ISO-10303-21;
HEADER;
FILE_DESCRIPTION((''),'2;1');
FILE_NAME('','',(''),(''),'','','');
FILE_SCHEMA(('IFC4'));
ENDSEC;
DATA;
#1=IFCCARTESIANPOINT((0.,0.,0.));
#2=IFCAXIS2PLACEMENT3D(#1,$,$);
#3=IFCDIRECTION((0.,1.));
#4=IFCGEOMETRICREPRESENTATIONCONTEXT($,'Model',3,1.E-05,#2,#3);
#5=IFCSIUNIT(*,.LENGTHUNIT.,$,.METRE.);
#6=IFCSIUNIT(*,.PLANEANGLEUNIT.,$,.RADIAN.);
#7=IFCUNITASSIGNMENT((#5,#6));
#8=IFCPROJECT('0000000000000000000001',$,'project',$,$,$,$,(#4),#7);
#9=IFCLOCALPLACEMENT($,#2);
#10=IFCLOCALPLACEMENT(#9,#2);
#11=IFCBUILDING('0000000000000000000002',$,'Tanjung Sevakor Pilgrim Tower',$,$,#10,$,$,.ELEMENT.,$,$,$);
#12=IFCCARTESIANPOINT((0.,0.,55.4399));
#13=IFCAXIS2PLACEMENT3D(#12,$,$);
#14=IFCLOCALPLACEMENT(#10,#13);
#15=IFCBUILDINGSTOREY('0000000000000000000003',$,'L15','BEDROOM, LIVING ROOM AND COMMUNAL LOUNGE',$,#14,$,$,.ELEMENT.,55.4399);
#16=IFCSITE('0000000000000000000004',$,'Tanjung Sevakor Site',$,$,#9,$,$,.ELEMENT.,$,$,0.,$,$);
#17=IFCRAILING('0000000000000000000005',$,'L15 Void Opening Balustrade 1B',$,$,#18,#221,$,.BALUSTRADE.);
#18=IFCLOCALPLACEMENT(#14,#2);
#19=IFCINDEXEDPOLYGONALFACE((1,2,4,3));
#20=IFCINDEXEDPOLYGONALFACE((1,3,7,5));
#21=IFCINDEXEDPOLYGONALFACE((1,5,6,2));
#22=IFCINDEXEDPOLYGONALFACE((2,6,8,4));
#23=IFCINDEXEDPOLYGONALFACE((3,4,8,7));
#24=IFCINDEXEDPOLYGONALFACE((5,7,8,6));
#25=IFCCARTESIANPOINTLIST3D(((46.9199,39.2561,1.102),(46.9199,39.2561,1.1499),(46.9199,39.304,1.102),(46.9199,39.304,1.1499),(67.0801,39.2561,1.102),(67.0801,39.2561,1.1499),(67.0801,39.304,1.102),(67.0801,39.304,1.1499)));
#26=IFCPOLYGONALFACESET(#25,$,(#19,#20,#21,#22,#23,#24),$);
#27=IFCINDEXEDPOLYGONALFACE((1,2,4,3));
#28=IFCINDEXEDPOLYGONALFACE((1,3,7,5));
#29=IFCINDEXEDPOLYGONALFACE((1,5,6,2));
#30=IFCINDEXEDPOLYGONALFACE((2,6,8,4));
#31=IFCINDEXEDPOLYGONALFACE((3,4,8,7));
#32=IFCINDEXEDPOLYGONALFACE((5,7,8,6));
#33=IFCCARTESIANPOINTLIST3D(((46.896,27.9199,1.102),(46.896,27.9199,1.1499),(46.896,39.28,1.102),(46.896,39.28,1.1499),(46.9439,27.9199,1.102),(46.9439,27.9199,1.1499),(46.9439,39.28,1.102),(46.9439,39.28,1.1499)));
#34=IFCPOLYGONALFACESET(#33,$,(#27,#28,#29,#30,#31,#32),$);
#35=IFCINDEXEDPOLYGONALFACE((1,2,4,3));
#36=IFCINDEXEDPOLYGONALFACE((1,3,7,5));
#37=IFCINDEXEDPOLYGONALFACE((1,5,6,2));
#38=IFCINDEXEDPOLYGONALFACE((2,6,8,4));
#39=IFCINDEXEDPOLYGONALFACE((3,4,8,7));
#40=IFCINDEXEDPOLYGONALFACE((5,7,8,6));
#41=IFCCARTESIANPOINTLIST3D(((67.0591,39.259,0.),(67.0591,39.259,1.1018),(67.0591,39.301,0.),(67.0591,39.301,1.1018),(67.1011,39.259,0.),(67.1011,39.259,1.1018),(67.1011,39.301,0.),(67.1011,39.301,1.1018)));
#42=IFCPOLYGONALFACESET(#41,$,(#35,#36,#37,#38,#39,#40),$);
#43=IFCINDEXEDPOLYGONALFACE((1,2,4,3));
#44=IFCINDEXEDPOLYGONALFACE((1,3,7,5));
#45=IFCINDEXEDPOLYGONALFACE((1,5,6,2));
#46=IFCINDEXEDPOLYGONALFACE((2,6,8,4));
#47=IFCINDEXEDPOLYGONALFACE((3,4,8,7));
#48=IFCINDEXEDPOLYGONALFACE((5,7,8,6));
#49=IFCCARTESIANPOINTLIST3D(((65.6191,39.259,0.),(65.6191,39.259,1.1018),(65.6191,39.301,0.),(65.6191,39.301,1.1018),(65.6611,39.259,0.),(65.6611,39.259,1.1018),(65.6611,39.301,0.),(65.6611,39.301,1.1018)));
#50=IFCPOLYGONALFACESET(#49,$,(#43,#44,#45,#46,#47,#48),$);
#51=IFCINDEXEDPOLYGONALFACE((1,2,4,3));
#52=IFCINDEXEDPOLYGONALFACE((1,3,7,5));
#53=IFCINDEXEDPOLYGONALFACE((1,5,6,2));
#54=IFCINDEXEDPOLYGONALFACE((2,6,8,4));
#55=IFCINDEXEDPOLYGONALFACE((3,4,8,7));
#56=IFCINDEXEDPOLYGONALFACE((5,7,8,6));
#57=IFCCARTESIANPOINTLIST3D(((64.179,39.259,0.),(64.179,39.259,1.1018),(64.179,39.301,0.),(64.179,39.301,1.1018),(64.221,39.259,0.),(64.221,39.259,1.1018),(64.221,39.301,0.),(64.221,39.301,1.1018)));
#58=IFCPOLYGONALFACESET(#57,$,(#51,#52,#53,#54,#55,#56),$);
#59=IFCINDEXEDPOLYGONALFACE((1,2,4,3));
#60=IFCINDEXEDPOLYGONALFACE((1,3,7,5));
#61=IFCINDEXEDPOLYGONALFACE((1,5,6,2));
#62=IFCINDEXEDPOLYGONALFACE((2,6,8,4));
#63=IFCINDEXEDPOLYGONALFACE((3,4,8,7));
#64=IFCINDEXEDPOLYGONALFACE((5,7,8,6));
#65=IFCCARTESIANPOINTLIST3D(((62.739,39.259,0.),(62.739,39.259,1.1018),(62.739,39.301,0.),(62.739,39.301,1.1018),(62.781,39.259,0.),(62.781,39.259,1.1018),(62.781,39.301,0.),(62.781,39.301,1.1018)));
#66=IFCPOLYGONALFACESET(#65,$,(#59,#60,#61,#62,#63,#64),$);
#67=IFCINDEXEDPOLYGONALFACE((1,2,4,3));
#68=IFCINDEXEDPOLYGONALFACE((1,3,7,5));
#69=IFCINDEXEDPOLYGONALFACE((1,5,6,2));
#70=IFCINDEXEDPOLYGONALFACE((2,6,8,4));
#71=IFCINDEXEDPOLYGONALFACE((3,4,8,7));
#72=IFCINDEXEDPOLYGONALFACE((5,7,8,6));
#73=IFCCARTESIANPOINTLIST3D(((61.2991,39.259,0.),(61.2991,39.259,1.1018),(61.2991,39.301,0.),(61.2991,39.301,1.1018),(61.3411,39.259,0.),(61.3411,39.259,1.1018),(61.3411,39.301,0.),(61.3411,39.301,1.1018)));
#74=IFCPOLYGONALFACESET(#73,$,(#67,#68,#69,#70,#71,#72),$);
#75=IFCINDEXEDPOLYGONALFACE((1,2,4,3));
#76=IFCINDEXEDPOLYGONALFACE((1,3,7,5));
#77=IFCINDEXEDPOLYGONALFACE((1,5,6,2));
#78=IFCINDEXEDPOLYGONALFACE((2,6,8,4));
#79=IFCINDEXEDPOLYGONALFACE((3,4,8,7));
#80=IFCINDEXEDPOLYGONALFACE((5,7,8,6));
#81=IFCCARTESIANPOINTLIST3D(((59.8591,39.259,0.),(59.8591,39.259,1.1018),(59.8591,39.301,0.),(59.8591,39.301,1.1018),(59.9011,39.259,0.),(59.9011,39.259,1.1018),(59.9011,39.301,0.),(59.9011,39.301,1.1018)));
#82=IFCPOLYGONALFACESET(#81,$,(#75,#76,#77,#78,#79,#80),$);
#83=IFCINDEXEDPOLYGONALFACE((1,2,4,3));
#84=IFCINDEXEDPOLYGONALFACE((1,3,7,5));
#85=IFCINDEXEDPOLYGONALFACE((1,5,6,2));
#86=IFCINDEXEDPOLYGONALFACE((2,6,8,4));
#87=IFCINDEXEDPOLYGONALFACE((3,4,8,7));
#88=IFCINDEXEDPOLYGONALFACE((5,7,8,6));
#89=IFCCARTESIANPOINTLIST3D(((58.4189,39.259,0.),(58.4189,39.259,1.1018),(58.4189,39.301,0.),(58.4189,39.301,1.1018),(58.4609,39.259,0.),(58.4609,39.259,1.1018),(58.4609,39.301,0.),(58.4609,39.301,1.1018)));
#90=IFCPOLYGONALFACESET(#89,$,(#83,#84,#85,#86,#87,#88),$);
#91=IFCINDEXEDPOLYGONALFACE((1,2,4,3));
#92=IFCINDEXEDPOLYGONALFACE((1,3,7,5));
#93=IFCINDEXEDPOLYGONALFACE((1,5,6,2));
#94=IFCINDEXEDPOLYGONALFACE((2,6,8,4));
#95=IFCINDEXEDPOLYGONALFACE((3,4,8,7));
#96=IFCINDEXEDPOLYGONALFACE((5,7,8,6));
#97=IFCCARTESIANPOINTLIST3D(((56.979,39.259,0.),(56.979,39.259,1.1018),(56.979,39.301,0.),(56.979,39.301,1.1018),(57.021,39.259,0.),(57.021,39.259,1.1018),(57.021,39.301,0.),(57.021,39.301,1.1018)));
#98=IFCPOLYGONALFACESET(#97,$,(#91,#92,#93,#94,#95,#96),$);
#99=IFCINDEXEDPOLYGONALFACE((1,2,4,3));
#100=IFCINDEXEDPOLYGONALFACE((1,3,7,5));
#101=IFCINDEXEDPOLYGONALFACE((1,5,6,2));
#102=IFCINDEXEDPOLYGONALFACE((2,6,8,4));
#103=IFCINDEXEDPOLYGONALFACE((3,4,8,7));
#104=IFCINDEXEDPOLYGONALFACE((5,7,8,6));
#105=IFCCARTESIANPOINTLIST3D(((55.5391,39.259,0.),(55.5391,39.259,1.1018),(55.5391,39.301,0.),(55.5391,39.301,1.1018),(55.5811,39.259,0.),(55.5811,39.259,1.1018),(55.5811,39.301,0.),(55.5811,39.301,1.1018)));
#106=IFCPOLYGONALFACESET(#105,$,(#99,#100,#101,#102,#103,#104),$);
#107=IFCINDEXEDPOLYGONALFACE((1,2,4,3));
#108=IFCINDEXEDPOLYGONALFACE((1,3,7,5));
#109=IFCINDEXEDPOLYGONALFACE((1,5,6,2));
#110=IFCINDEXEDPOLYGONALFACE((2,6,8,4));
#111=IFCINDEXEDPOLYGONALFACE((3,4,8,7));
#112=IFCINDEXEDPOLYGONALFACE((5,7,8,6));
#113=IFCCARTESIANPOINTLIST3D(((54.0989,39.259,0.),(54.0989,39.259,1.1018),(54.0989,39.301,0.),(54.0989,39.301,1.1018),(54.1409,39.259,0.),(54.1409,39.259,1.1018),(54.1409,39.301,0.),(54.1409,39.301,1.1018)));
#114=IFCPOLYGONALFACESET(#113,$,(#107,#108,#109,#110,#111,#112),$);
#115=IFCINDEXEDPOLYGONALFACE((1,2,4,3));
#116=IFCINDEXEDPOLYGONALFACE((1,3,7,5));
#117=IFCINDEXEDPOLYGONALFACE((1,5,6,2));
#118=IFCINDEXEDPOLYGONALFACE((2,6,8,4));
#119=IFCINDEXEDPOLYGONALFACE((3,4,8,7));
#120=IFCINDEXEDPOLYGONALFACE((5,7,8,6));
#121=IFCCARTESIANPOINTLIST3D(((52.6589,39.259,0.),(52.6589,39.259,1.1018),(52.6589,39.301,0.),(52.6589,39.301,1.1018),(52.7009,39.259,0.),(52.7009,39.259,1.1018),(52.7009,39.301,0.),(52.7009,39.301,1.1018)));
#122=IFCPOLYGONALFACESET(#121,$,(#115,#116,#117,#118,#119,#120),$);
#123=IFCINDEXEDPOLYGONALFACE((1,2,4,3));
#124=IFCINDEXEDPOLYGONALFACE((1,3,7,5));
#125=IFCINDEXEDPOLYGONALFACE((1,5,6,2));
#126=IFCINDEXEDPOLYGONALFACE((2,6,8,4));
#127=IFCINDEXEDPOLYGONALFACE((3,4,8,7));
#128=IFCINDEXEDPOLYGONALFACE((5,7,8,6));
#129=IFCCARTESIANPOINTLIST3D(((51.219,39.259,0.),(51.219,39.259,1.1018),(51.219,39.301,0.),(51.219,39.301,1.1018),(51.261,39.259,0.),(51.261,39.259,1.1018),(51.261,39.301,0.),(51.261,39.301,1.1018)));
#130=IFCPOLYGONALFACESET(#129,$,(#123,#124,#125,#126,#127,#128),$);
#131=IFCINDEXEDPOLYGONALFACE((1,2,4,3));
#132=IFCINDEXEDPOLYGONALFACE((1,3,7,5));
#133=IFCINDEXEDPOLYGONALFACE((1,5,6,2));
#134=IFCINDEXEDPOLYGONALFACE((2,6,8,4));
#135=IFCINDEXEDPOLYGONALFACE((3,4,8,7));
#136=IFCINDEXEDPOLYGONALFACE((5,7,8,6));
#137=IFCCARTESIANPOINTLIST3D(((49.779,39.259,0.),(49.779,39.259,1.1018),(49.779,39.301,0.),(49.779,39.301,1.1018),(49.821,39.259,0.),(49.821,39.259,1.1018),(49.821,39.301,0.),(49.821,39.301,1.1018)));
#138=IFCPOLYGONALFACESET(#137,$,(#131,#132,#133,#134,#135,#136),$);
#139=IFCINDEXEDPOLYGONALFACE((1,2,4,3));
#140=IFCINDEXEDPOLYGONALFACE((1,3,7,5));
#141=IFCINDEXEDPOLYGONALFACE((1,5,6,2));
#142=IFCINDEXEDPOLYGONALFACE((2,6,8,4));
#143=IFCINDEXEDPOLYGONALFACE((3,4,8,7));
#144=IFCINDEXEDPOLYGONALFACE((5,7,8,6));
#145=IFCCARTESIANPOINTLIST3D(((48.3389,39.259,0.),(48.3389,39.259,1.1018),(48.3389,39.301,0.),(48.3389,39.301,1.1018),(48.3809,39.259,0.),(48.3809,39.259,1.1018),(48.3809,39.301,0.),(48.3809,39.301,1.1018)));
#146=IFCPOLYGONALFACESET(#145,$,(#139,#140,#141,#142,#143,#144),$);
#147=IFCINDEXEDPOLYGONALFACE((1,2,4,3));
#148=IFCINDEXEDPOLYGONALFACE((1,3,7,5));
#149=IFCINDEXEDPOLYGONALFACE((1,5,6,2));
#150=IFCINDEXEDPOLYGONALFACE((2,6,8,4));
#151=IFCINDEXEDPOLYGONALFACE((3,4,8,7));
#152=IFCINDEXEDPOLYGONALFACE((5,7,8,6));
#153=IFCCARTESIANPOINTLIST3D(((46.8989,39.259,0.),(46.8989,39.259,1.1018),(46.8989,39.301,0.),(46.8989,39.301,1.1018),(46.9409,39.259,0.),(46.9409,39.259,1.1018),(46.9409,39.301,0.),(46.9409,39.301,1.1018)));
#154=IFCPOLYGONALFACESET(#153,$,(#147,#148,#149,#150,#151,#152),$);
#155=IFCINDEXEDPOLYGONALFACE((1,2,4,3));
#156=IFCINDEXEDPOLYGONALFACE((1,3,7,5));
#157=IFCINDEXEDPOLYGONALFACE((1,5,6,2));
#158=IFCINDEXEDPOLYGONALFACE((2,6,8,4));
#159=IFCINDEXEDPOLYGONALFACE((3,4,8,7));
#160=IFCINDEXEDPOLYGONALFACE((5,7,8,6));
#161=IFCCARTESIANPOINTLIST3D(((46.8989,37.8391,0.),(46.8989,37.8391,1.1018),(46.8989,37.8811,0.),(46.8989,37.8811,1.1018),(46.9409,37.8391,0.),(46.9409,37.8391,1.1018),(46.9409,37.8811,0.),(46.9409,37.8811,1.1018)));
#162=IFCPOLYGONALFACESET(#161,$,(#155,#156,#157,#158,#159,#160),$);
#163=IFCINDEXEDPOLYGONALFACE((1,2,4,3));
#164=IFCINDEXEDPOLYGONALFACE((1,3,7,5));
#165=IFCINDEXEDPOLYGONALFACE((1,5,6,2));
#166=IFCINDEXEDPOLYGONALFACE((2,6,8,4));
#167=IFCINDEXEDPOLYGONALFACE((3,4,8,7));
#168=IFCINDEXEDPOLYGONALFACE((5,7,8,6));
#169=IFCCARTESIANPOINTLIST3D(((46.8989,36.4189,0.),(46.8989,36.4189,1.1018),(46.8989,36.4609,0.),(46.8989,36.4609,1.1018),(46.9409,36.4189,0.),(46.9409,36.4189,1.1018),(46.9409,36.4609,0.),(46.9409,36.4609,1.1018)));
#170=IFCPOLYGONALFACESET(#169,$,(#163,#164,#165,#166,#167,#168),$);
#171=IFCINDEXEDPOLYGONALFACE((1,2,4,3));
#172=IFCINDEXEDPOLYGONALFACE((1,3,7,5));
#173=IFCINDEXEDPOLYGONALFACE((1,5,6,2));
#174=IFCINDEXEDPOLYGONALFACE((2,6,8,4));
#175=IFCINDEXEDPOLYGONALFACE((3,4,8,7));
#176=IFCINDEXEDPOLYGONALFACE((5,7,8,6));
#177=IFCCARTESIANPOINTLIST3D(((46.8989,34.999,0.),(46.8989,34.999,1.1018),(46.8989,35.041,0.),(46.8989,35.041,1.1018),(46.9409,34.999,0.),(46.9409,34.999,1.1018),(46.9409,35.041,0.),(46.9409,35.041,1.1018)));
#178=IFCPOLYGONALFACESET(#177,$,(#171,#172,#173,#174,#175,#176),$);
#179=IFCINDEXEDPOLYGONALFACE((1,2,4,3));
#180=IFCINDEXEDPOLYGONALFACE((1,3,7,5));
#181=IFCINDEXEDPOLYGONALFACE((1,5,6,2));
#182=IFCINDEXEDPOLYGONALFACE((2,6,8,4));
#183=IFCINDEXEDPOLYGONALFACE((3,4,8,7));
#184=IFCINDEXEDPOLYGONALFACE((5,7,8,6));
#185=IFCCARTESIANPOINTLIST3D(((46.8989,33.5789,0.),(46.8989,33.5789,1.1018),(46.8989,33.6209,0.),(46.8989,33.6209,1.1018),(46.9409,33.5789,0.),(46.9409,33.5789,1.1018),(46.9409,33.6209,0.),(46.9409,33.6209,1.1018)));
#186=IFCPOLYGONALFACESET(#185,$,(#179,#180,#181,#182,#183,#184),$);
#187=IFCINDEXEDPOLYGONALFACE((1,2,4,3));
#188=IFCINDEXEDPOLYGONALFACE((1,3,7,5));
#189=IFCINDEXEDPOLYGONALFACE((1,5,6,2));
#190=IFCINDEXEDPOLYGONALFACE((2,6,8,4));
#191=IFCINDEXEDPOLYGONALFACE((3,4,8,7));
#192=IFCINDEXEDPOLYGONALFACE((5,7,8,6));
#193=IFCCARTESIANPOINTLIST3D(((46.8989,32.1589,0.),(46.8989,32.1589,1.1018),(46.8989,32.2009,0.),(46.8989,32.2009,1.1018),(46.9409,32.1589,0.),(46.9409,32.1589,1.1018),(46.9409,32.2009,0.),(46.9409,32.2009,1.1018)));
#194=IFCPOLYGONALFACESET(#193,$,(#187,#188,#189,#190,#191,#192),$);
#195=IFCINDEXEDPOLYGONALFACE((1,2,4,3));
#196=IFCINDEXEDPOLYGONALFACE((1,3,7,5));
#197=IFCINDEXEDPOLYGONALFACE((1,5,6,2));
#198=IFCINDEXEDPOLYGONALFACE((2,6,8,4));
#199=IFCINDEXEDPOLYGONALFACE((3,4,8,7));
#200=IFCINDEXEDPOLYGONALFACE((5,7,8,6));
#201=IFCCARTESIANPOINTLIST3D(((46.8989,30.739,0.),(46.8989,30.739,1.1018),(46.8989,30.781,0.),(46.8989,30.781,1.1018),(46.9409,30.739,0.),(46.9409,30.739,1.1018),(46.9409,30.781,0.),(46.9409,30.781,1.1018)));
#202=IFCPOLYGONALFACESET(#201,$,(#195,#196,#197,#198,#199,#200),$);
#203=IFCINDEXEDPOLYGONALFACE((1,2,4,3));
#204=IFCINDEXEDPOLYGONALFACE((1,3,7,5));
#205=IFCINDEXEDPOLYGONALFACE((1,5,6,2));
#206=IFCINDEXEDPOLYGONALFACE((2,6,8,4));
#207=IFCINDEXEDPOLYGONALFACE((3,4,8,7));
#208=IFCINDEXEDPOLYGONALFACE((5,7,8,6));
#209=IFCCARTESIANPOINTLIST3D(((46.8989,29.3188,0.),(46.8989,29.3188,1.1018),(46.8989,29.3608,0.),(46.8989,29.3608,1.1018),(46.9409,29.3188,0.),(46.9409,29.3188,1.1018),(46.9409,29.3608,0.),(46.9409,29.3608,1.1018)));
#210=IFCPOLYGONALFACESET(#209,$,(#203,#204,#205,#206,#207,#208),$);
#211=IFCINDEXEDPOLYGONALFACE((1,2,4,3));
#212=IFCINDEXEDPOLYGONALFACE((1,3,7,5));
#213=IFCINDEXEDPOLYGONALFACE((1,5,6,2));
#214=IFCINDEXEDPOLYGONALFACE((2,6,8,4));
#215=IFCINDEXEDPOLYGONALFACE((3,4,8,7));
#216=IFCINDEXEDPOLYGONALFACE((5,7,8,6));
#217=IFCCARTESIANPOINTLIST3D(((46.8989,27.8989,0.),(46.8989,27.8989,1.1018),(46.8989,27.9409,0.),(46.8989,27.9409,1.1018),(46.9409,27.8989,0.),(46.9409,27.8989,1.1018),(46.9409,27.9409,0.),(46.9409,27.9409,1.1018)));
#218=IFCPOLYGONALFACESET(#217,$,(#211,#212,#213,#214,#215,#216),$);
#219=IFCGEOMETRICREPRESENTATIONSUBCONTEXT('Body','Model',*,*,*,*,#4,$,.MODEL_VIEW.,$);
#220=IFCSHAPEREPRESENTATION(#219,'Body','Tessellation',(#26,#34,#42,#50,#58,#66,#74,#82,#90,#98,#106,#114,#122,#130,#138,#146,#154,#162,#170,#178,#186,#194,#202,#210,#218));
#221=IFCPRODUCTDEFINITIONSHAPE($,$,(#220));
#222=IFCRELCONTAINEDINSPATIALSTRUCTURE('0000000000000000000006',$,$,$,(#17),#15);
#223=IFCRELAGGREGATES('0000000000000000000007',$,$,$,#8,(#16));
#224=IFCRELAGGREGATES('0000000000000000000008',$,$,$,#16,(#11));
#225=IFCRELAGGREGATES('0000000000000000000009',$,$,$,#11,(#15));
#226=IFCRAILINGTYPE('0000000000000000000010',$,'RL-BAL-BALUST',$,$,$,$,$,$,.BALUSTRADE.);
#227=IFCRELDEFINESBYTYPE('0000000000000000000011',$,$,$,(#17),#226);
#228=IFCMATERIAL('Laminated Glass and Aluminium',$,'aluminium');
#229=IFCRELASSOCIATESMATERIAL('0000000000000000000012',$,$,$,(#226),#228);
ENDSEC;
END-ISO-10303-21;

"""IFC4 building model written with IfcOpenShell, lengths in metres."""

from ifc_helpers import new_model, si_unit, direction, frame, origin, place, context, subcontext, project, spatial, rectangle, extrude, material, type_object, element, save


model = new_model("IFC4")

# Units and contexts
model_context = context("Model", 3, precision=1e-05, world=origin(), true_north=direction((0.0, 1.0)))
body_context = subcontext(model_context, "Body", "Model", "MODEL_VIEW")
ifc_project = project(units=[si_unit("LENGTHUNIT", "METRE"), si_unit("PLANEANGLEUNIT", "RADIAN")], contexts=[model_context])

# Site, building, storey
site_placement = place(None, origin())
site = spatial("IfcSite", under=ifc_project, at=site_placement, Name="Tanjung Sevakor Site", CompositionType="ELEMENT", RefElevation=0.0)
building_placement = place(site_placement, origin())
building = spatial("IfcBuilding", under=site, at=building_placement, Name="Tanjung Sevakor Pilgrim Tower", CompositionType="ELEMENT")
storey_placement = place(building_placement, frame((0.0, 0.0, 55.4399)))
storey = spatial("IfcBuildingStorey", under=building, at=storey_placement, Name="L15", Description="BEDROOM, LIVING ROOM AND COMMUNAL LOUNGE", CompositionType="ELEMENT", Elevation=55.4399)

# Railing
ifc_material_1 = material(Name="Laminated Glass and Aluminium", Category="aluminium")
railing_type = type_object("IfcRailingType", Name="RL-BAL-BALUST", PredefinedType="BALUSTRADE", material=ifc_material_1)
railing_placement = place(storey_placement, frame((67.0801, 39.28, 0.0)))
element("IfcRailing", 1, at=railing_placement, inside=storey, type_object=railing_type, Name="L15 Void Opening Balustrade 1B", PredefinedType="BALUSTRADE", context=body_context, shape_type="SweptSolid", body=[
    extrude(rectangle(XDim=0.0479, YDim=0.0479), frame((0.0, 0.0, 1.126), z_axis=(-1.0, 0.0, 0.0), x_axis=(0.0, -1.0, 0.0)), (0.0, 0.0, 1.0), 20.1602),
    extrude(rectangle(XDim=0.0479, YDim=0.0479), frame((-20.1602, 0.0, 1.126), z_axis=(0.0, -1.0, 0.0), x_axis=(1.0, 0.0, 0.0)), (0.0, 0.0, 1.0), 11.3601),
    extrude(rectangle(XDim=0.042, YDim=0.042), origin(), (0.0, 0.0, 1.0), 1.1018),
    extrude(rectangle(XDim=0.042, YDim=0.042), frame((-1.4399, 0.0, 0.0)), (0.0, 0.0, 1.0), 1.1018),
    extrude(rectangle(XDim=0.042, YDim=0.042), frame((-2.8801, 0.0, 0.0)), (0.0, 0.0, 1.0), 1.1018),
    extrude(rectangle(XDim=0.042, YDim=0.042), frame((-4.3201, 0.0, 0.0)), (0.0, 0.0, 1.0), 1.1018),
    extrude(rectangle(XDim=0.042, YDim=0.042), frame((-5.76, 0.0, 0.0)), (0.0, 0.0, 1.0), 1.1018),
    extrude(rectangle(XDim=0.042, YDim=0.042), frame((-7.2, 0.0, 0.0)), (0.0, 0.0, 1.0), 1.1018),
    extrude(rectangle(XDim=0.042, YDim=0.042), frame((-8.6401, 0.0, 0.0)), (0.0, 0.0, 1.0), 1.1018),
    extrude(rectangle(XDim=0.042, YDim=0.042), frame((-10.0801, 0.0, 0.0)), (0.0, 0.0, 1.0), 1.1018),
    extrude(rectangle(XDim=0.042, YDim=0.042), frame((-11.52, 0.0, 0.0)), (0.0, 0.0, 1.0), 1.1018),
    extrude(rectangle(XDim=0.042, YDim=0.042), frame((-12.9602, 0.0, 0.0)), (0.0, 0.0, 1.0), 1.1018),
    extrude(rectangle(XDim=0.042, YDim=0.042), frame((-14.4001, 0.0, 0.0)), (0.0, 0.0, 1.0), 1.1018),
    extrude(rectangle(XDim=0.042, YDim=0.042), frame((-15.8401, 0.0, 0.0)), (0.0, 0.0, 1.0), 1.1018),
    extrude(rectangle(XDim=0.042, YDim=0.042), frame((-17.28, 0.0, 0.0)), (0.0, 0.0, 1.0), 1.1018),
    extrude(rectangle(XDim=0.042, YDim=0.042), frame((-18.7202, 0.0, 0.0)), (0.0, 0.0, 1.0), 1.1018),
    extrude(rectangle(XDim=0.042, YDim=0.042), frame((-20.1602, 0.0, 0.0)), (0.0, 0.0, 1.0), 1.1018),
    extrude(rectangle(XDim=0.042, YDim=0.042), frame((-20.1602, -1.4199, 0.0)), (0.0, 0.0, 1.0), 1.1018),
    extrude(rectangle(XDim=0.042, YDim=0.042), frame((-20.1602, -2.8401, 0.0)), (0.0, 0.0, 1.0), 1.1018),
    extrude(rectangle(XDim=0.042, YDim=0.042), frame((-20.1602, -4.26, 0.0)), (0.0, 0.0, 1.0), 1.1018),
    extrude(rectangle(XDim=0.042, YDim=0.042), frame((-20.1602, -5.6802, 0.0)), (0.0, 0.0, 1.0), 1.1018),
    extrude(rectangle(XDim=0.042, YDim=0.042), frame((-20.1602, -7.1001, 0.0)), (0.0, 0.0, 1.0), 1.1018),
    extrude(rectangle(XDim=0.042, YDim=0.042), frame((-20.1602, -8.52, 0.0)), (0.0, 0.0, 1.0), 1.1018),
    extrude(rectangle(XDim=0.042, YDim=0.042), frame((-20.1602, -9.9402, 0.0)), (0.0, 0.0, 1.0), 1.1018),
    extrude(rectangle(XDim=0.042, YDim=0.042), frame((-20.1602, -11.3601, 0.0)), (0.0, 0.0, 1.0), 1.1018),
])

save(model, "model.ifc")
